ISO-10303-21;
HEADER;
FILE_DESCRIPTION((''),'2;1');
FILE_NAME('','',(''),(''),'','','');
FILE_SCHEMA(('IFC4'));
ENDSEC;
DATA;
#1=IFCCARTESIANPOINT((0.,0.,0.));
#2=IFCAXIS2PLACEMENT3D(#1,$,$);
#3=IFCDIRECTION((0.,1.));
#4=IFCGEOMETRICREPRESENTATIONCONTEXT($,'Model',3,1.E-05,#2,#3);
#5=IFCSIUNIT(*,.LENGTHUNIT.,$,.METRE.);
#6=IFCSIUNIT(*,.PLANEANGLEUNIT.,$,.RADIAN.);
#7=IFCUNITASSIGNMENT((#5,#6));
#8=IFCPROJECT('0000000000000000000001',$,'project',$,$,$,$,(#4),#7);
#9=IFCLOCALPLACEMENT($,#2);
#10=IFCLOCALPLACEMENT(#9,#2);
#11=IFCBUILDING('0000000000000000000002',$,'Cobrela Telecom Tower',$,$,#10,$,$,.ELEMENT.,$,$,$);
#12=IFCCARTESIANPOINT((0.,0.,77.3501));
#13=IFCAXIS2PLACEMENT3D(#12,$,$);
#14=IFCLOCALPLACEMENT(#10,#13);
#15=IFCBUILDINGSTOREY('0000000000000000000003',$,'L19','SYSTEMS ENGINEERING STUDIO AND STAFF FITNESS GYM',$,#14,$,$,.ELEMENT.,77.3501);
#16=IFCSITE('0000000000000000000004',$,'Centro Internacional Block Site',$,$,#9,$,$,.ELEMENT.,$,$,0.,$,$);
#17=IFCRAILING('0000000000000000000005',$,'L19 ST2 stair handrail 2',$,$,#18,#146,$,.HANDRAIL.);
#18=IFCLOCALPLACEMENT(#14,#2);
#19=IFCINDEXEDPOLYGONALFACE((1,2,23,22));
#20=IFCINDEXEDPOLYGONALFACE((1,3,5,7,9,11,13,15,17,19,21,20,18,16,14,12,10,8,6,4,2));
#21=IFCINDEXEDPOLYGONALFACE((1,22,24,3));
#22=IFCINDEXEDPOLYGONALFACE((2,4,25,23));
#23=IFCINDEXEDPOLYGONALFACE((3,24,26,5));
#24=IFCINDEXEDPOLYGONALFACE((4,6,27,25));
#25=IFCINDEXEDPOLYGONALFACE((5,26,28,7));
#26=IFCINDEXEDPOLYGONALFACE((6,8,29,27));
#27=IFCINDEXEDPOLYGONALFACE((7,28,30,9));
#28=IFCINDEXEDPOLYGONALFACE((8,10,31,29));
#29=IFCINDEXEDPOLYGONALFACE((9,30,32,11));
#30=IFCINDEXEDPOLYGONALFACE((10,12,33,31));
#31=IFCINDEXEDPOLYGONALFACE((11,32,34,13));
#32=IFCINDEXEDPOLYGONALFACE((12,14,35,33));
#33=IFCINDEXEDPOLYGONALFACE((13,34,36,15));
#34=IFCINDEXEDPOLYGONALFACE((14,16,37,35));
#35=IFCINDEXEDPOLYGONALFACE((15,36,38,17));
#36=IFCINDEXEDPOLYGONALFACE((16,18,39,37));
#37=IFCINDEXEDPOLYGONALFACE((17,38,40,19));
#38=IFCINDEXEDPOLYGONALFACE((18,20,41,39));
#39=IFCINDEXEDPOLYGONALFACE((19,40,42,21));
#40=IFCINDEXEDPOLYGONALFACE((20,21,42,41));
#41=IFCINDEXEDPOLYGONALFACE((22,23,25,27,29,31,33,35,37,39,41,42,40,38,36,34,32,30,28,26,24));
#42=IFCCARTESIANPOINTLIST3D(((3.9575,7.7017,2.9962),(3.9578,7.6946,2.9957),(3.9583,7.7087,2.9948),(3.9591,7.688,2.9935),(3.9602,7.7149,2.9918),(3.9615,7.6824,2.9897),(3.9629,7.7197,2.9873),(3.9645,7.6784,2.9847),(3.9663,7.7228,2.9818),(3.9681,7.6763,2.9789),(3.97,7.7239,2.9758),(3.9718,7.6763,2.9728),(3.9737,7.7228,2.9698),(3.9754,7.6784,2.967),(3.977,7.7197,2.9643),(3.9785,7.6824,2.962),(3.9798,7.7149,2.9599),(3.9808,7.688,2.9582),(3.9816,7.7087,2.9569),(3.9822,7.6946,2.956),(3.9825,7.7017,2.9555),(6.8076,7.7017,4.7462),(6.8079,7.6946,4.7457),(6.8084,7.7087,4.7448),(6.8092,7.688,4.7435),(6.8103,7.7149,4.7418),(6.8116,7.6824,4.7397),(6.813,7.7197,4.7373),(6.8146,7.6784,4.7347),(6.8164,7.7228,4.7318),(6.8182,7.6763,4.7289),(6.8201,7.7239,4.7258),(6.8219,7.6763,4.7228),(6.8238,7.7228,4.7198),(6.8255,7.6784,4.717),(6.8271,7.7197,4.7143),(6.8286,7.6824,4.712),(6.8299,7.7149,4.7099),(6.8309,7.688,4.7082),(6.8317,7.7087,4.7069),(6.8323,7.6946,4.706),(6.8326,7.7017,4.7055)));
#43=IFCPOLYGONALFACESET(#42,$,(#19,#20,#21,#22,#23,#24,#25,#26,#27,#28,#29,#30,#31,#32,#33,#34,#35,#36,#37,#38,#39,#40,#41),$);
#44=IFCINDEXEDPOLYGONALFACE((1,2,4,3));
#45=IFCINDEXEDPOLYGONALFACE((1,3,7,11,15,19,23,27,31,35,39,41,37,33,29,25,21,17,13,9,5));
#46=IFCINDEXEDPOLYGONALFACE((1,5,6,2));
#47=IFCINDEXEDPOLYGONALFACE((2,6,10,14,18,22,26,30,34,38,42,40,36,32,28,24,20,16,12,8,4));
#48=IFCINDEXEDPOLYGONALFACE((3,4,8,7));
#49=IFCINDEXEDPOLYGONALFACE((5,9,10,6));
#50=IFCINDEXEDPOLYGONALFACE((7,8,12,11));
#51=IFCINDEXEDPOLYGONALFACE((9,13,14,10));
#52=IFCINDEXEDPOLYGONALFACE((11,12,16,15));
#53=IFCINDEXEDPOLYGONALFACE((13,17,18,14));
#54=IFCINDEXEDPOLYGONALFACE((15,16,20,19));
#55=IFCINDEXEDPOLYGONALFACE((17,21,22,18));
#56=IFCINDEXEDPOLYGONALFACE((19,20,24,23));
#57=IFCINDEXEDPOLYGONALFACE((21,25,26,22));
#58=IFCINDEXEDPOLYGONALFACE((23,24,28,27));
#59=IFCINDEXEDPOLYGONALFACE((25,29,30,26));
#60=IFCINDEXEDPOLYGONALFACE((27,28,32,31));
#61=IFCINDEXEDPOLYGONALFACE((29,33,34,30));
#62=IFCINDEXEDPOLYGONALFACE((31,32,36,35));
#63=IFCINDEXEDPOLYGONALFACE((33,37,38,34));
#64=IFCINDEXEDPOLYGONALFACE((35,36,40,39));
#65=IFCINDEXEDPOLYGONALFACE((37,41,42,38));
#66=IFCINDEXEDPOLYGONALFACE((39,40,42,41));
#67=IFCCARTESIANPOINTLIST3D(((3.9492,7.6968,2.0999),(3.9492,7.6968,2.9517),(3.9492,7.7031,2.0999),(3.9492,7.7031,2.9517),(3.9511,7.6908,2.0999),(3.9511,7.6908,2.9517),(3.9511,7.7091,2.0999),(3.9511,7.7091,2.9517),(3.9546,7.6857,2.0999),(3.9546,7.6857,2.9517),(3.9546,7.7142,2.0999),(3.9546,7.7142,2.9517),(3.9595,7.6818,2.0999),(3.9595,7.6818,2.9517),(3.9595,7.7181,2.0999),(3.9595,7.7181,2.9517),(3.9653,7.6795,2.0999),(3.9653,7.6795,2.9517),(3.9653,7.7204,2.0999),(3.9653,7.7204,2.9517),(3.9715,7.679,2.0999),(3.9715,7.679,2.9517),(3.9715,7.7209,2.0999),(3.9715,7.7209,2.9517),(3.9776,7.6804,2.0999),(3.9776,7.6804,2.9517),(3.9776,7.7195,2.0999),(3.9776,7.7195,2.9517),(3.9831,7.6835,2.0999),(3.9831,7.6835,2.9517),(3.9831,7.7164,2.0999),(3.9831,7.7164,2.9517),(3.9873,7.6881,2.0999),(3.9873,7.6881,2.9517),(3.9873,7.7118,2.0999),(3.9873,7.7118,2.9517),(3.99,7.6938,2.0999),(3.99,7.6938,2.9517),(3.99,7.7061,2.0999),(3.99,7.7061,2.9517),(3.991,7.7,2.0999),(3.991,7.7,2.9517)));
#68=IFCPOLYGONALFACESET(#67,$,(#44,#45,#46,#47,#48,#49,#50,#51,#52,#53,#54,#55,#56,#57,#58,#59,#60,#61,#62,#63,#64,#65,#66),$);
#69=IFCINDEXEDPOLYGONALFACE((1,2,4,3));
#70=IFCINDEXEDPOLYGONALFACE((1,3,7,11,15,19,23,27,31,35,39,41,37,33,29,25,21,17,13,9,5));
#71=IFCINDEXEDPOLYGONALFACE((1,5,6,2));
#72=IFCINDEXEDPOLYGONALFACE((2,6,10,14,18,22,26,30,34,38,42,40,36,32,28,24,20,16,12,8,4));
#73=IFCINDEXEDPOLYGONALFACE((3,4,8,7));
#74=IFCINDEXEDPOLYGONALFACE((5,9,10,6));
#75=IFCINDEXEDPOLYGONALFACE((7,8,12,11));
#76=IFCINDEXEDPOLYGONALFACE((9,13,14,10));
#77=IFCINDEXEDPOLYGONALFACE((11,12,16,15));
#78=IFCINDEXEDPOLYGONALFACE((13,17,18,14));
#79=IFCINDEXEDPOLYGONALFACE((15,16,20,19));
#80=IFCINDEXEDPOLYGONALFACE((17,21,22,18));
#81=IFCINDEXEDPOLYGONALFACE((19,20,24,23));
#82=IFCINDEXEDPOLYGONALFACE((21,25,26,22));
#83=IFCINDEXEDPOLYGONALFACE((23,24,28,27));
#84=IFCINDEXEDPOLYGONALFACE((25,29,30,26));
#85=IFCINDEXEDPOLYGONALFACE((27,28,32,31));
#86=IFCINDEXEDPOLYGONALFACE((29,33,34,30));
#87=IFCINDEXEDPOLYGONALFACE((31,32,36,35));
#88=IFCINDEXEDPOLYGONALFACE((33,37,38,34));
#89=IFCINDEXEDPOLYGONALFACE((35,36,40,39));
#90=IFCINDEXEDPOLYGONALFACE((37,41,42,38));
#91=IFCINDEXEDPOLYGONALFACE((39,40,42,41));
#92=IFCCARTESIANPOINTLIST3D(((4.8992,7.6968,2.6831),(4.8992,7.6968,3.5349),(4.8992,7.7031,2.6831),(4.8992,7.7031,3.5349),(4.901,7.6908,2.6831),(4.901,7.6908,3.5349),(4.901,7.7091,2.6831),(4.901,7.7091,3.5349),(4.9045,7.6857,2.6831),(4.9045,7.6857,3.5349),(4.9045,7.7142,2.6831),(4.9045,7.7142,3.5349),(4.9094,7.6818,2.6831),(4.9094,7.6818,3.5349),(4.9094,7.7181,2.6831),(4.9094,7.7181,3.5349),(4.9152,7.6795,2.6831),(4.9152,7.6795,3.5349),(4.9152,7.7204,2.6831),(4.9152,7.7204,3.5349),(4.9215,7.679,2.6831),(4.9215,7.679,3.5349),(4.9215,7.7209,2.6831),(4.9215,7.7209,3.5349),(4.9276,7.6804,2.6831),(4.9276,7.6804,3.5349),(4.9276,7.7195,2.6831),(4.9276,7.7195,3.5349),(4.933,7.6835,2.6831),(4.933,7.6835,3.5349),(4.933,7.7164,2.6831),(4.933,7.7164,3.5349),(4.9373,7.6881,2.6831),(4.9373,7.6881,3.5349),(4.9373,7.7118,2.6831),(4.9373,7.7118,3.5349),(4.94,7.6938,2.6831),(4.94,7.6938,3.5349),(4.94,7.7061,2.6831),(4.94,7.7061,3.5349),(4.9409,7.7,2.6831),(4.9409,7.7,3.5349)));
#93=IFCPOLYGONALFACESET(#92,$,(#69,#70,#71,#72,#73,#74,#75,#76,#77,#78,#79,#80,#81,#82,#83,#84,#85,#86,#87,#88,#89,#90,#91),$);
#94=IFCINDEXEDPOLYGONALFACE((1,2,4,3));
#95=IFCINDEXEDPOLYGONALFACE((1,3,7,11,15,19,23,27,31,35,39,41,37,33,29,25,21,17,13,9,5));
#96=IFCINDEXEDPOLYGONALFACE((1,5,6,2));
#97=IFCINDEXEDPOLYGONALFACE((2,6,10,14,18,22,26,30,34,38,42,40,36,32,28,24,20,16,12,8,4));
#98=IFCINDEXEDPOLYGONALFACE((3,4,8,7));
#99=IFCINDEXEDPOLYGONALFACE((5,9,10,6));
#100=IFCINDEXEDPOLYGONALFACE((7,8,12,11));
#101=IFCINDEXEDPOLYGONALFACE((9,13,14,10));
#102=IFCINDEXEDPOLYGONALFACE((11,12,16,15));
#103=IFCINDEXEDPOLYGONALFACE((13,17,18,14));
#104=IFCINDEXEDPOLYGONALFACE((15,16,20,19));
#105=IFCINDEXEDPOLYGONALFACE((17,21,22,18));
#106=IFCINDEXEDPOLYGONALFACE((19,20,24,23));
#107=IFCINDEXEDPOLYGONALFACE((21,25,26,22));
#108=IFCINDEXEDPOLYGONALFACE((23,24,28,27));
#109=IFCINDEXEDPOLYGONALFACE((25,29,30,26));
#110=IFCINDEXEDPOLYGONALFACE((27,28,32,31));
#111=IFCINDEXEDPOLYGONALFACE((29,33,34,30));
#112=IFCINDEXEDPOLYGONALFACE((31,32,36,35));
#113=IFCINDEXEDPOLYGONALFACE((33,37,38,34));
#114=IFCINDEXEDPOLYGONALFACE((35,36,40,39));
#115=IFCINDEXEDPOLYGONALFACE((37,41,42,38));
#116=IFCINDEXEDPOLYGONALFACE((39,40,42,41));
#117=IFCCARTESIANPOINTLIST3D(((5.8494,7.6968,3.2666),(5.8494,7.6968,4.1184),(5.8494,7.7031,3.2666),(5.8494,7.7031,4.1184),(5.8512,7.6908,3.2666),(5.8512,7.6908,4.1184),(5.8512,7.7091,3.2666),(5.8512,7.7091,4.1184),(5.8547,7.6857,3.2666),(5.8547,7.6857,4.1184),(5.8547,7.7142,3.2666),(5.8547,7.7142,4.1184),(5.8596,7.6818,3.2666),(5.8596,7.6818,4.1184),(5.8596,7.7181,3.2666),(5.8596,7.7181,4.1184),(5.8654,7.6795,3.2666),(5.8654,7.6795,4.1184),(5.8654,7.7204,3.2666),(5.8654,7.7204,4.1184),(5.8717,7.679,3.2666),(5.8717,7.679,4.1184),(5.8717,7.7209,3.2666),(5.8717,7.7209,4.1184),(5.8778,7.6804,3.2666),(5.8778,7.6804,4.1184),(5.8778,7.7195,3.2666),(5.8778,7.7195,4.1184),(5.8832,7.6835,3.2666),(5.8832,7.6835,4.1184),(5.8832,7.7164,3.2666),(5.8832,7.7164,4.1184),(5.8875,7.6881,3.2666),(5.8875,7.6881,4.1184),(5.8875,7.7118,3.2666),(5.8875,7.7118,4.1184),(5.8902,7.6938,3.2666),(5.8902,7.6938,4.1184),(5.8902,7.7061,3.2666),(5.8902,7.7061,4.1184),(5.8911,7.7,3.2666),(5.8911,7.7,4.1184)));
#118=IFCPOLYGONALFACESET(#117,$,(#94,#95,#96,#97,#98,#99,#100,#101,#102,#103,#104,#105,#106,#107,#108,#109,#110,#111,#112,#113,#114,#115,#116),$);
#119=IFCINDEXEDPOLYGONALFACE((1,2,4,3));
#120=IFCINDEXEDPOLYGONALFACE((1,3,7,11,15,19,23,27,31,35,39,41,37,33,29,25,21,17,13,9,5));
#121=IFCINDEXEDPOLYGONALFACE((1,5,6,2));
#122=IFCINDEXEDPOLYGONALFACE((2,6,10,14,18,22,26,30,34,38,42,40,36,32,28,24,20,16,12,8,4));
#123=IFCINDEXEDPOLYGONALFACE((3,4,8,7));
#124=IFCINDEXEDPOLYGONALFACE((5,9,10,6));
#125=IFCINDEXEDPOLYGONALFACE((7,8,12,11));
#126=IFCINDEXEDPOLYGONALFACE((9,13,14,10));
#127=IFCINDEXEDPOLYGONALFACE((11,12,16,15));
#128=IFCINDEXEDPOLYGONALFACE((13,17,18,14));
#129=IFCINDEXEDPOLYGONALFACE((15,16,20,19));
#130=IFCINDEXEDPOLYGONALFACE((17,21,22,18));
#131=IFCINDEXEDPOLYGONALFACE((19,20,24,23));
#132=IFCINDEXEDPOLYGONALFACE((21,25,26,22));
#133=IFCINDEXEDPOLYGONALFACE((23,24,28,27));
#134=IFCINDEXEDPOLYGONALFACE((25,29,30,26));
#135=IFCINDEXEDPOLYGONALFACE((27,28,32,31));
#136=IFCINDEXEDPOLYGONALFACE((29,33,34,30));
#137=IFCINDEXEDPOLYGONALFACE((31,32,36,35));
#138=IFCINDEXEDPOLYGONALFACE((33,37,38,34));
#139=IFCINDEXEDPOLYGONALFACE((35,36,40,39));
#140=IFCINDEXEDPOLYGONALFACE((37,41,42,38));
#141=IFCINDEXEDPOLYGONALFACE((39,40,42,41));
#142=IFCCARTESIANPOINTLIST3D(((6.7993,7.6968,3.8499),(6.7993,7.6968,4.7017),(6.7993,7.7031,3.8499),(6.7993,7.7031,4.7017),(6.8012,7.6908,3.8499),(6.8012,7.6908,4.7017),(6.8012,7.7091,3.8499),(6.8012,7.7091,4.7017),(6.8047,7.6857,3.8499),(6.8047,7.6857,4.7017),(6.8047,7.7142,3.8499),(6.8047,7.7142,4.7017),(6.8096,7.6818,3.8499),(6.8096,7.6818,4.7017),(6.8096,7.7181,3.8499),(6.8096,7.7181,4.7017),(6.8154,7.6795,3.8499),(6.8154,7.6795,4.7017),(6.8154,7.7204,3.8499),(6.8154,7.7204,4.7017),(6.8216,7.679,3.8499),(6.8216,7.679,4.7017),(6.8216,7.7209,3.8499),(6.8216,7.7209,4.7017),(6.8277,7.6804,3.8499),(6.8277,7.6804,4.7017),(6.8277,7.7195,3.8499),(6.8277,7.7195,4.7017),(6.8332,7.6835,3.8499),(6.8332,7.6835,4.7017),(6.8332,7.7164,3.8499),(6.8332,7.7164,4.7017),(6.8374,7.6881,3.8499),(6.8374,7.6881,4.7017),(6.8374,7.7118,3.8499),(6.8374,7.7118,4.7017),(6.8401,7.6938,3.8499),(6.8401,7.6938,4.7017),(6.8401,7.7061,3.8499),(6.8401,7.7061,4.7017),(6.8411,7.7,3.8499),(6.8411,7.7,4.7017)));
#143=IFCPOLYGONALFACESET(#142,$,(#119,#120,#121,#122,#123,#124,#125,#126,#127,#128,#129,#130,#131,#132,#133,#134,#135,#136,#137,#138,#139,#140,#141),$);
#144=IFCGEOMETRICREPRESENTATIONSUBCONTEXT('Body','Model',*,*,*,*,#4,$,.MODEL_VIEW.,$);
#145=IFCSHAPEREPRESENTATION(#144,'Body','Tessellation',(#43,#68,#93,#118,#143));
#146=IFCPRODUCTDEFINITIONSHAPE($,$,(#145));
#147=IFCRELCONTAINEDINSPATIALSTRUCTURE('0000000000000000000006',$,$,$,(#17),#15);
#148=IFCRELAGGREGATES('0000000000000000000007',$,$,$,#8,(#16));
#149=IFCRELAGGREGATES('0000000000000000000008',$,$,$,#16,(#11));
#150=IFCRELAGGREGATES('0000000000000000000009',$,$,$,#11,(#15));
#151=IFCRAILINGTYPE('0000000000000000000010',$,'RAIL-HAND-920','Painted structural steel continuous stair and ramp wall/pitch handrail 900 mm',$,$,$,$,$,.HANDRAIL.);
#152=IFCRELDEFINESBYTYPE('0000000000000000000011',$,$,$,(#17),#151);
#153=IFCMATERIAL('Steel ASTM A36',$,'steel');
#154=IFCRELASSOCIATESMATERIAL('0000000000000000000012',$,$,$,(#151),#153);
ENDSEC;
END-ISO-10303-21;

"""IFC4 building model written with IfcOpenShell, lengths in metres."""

from ifc_helpers import new_model, si_unit, direction, frame, origin, origin_2d, place, context, subcontext, project, spatial, circle, extrude, material, type_object, element, save


model = new_model("IFC4")

# Units and contexts
model_context = context("Model", 3, precision=1e-05, world=origin(), true_north=direction((0.0, 1.0)))
body_context = subcontext(model_context, "Body", "Model", "MODEL_VIEW")
ifc_project = project(units=[si_unit("LENGTHUNIT", "METRE"), si_unit("PLANEANGLEUNIT", "RADIAN")], contexts=[model_context])

# Site, building, storey
site_placement = place(None, origin())
site = spatial("IfcSite", under=ifc_project, at=site_placement, Name="Centro Internacional Block Site", CompositionType="ELEMENT", RefElevation=0.0)
building_placement = place(site_placement, origin())
building = spatial("IfcBuilding", under=site, at=building_placement, Name="Cobrela Telecom Tower", CompositionType="ELEMENT")
storey_placement = place(building_placement, frame((0.0, 0.0, 77.3501)))
storey = spatial("IfcBuildingStorey", under=building, at=storey_placement, Name="L19", Description="SYSTEMS ENGINEERING STUDIO AND STAFF FITNESS GYM", CompositionType="ELEMENT", Elevation=77.3501)

# Railing
ifc_material_1 = material(Name="Steel ASTM A36", Category="steel")
railing_type_1 = type_object("IfcRailingType", Name="RAIL-HAND-920", Description="Painted structural steel continuous stair and ramp wall/pitch handrail 900 mm", PredefinedType="HANDRAIL", material=ifc_material_1)
railing_1_placement = place(storey_placement, frame((3.97, 7.7, 2.0999)))
element("IfcRailing", 1, at=railing_1_placement, inside=storey, type_object=railing_type_1, Name="L19 ST2 stair handrail 2", PredefinedType="HANDRAIL", context=body_context, shape_type="SweptSolid", body=[
    extrude(circle(Radius=0.0239, at=origin_2d()), frame((0.0, 0.0, 0.876), z_axis=(0.852179, 0.0, 0.52325), x_axis=(0.0, 1.0, 0.0)), (0.0, 0.0, 1.0), 3.3445),
    extrude(circle(Radius=0.021, at=origin_2d()), origin(), (0.0, 0.0, 1.0), 0.8518),
    extrude(circle(Radius=0.021, at=origin_2d()), frame((0.95, 0.0, 0.5833)), (0.0, 0.0, 1.0), 0.8518),
    extrude(circle(Radius=0.021, at=origin_2d()), frame((1.9001, 0.0, 1.1667)), (0.0, 0.0, 1.0), 0.8518),
    extrude(circle(Radius=0.021, at=origin_2d()), frame((2.8501, 0.0, 1.75)), (0.0, 0.0, 1.0), 0.8518),
])

save(model, "model.ifc")
